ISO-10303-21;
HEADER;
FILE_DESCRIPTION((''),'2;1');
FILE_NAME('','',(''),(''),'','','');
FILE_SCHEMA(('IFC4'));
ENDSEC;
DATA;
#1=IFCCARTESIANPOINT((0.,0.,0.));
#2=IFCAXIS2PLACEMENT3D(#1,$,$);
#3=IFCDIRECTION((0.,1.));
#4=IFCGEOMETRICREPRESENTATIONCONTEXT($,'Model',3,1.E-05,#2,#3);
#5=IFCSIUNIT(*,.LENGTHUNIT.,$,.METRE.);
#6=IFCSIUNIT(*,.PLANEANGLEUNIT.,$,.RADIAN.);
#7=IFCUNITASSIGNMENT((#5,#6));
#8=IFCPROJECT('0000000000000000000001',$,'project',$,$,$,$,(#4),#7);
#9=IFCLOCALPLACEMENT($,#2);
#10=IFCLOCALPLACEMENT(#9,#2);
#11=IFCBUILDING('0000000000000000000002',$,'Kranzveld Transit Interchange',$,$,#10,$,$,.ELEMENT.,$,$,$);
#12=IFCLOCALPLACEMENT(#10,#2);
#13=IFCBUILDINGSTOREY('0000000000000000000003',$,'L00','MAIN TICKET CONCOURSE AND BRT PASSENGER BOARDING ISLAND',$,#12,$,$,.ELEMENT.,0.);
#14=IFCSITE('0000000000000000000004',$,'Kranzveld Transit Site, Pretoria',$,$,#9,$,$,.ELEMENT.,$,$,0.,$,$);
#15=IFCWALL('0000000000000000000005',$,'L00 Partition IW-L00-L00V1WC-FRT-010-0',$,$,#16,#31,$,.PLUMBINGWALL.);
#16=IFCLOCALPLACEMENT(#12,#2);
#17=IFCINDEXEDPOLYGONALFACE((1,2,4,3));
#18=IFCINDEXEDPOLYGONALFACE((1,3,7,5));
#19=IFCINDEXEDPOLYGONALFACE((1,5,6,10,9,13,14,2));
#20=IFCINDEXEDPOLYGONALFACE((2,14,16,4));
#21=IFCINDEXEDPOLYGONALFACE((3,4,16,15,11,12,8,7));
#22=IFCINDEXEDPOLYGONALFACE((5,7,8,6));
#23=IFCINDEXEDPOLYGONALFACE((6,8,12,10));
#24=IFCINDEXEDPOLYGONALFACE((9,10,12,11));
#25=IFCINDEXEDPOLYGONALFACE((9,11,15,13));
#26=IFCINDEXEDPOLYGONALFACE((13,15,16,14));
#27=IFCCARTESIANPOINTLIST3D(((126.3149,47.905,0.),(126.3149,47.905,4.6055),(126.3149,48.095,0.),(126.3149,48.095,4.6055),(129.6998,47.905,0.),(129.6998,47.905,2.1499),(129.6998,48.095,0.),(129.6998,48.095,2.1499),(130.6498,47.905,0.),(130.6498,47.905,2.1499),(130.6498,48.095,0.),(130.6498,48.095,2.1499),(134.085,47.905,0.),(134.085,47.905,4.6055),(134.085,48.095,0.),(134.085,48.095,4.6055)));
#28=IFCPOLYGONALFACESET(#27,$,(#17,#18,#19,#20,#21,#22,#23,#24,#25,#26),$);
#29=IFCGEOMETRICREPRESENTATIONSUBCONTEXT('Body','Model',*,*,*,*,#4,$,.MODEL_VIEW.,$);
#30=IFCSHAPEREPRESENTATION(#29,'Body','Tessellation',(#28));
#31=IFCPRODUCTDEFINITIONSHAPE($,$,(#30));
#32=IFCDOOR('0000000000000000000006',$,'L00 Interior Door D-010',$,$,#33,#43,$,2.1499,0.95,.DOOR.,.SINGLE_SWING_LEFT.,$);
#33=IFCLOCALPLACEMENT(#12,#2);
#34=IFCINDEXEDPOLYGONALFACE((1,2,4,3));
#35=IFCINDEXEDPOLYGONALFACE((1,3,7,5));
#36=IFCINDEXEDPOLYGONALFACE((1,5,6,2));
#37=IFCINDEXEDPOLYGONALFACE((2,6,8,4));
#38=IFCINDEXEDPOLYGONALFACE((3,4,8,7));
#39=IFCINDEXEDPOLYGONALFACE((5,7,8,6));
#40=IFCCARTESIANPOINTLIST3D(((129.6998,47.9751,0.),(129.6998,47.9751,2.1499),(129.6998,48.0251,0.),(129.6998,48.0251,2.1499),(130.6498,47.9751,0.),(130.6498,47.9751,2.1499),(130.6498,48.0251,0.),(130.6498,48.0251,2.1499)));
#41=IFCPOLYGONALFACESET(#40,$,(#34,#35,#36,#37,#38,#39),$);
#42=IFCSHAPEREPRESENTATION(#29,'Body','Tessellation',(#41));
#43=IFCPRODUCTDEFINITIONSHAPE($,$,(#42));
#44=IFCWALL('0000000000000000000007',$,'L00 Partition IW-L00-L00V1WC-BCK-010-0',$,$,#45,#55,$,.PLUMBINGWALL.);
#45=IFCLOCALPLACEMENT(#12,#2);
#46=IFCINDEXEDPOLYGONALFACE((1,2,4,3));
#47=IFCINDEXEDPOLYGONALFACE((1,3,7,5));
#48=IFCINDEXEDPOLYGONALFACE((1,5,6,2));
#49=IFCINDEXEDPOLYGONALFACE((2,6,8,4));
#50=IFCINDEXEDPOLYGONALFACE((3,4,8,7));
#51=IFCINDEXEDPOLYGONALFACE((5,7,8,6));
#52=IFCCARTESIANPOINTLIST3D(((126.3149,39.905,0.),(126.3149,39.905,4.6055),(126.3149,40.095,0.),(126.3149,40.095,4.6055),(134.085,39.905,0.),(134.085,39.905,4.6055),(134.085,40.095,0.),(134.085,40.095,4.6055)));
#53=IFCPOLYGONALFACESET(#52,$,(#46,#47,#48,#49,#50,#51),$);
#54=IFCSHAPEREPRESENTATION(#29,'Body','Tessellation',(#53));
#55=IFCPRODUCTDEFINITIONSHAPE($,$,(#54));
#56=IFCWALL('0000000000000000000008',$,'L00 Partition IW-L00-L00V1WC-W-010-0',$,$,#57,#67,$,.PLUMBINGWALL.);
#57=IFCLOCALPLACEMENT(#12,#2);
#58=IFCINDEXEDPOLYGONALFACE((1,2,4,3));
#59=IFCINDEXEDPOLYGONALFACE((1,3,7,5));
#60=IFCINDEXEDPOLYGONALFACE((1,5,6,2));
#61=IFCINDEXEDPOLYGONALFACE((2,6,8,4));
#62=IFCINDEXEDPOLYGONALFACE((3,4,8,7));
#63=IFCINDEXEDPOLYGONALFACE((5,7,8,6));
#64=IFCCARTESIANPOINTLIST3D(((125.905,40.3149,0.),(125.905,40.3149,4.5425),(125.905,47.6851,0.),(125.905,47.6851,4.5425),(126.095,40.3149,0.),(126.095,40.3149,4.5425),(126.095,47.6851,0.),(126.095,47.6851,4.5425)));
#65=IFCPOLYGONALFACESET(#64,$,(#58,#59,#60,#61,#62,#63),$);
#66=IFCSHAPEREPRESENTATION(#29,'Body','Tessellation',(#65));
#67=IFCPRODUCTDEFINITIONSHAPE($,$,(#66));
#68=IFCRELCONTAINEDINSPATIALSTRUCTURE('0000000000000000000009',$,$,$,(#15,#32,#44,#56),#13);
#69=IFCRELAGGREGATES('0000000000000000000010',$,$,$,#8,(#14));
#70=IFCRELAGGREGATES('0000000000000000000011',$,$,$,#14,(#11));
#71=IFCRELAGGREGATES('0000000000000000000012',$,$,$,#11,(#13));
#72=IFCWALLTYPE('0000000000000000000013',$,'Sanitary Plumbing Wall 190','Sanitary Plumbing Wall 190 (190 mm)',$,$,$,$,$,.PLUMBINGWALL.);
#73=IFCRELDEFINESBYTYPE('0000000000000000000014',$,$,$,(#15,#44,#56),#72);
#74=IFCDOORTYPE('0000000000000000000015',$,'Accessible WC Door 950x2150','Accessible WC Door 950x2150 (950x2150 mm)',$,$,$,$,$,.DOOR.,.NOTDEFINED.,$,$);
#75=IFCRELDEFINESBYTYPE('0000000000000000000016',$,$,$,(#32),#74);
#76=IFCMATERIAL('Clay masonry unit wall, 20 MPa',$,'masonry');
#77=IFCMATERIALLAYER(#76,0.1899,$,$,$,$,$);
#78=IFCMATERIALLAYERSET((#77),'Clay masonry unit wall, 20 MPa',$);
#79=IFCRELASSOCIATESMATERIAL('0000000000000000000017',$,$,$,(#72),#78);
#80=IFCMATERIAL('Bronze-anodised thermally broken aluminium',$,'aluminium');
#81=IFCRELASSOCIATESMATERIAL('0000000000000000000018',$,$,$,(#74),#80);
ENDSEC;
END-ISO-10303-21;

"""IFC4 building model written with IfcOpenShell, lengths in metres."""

from ifc_helpers import new_model, si_unit, direction, frame, frame_2d, origin, place, context, subcontext, project, spatial, rectangle, extrude, material, layer, layer_set, type_object, element, fill, save


model = new_model("IFC4")

# Units and contexts
model_context = context("Model", 3, precision=1e-05, world=origin(), true_north=direction((0.0, 1.0)))
body_context = subcontext(model_context, "Body", "Model", "MODEL_VIEW")
ifc_project = project(units=[si_unit("LENGTHUNIT", "METRE"), si_unit("PLANEANGLEUNIT", "RADIAN")], contexts=[model_context])

# Site, building, storey
site_placement = place(None, origin())
site = spatial("IfcSite", under=ifc_project, at=site_placement, Name="Kranzveld Transit Site, Pretoria", CompositionType="ELEMENT", RefElevation=0.0)
building_placement = place(site_placement, origin())
building = spatial("IfcBuilding", under=site, at=building_placement, Name="Kranzveld Transit Interchange", CompositionType="ELEMENT")
storey_placement = place(building_placement, origin())
storey = spatial("IfcBuildingStorey", under=building, at=storey_placement, Name="L00", Description="MAIN TICKET CONCOURSE AND BRT PASSENGER BOARDING ISLAND", CompositionType="ELEMENT", Elevation=0.0)

# Wall, opening, door
ifc_material_1 = material(Name="Clay masonry unit wall, 20 MPa", Category="masonry")
ifc_layer_1 = layer(ifc_material_1, 0.1899)
ifc_layer_set_1 = layer_set([ifc_layer_1], Name="Clay masonry unit wall, 20 MPa")
wall_type_1 = type_object("IfcWallType", Name="Sanitary Plumbing Wall 190", Description="Sanitary Plumbing Wall 190 (190 mm)", PredefinedType="PLUMBINGWALL", material=ifc_layer_set_1)
wall_1_placement = place(storey_placement, frame((126.3149, 48.0, 0.0), z_axis=(0.0, 0.0, 1.0), x_axis=(1.0, 0.0, 0.0)))
wall_1 = element("IfcWall", 1, at=wall_1_placement, inside=storey, type_object=wall_type_1, Name="L00 Partition IW-L00-L00V1WC-FRT-010-0", PredefinedType="PLUMBINGWALL", context=body_context, shape_type="SweptSolid", body=[
    extrude(rectangle(XDim=7.77, YDim=0.1899, at=frame_2d((3.885, 0.0))), origin(), (0.0, 0.0, 1.0), 4.6055),
])
opening_1_placement = place(wall_1_placement, frame((4.335, 0.0, 0.0), z_axis=(0.0, 0.0, 1.0), x_axis=(-1.0, 0.0, 0.0)))
opening_1 = element("IfcOpeningElement", 2, at=opening_1_placement, cuts=wall_1, PredefinedType="OPENING", context=body_context, shape_type="SweptSolid", body=[
    extrude(rectangle(XDim=0.95, YDim=2.1499, at=frame_2d((0.4751, 1.075))), frame((0.0, 0.105, 0.0), z_axis=(0.0, -1.0, 0.0), x_axis=(1.0, 0.0, 0.0)), (0.0, 0.0, 1.0), 0.21),
])
ifc_material_2 = material(Name="Bronze-anodised thermally broken aluminium", Category="aluminium")
door_type_1 = type_object("IfcDoorType", Name="Accessible WC Door 950x2150", Description="Accessible WC Door 950x2150 (950x2150 mm)", OperationType="NOTDEFINED", PredefinedType="DOOR", material=ifc_material_2)
door_1_placement = place(opening_1_placement, origin())
door_1 = element("IfcDoor", 3, at=door_1_placement, inside=storey, type_object=door_type_1, Name="L00 Interior Door D-010", OperationType="SINGLE_SWING_LEFT", OverallHeight=2.1499, OverallWidth=0.95, PredefinedType="DOOR", context=body_context, shape_type="SweptSolid", body=[
    extrude(rectangle(XDim=0.95, YDim=2.1499, at=frame_2d((0.4751, 1.075))), frame((0.0, 0.0249, 0.0), z_axis=(0.0, -1.0, 0.0), x_axis=(1.0, 0.0, 0.0)), (0.0, 0.0, 1.0), 0.05),
])
fill(opening_1, door_1)

# Walls
wall_2_placement = place(storey_placement, frame((126.3149, 40.0, 0.0), z_axis=(0.0, 0.0, 1.0), x_axis=(1.0, 0.0, 0.0)))
element("IfcWall", 4, at=wall_2_placement, inside=storey, type_object=wall_type_1, Name="L00 Partition IW-L00-L00V1WC-BCK-010-0", PredefinedType="PLUMBINGWALL", context=body_context, shape_type="SweptSolid", body=[
    extrude(rectangle(XDim=7.77, YDim=0.1899, at=frame_2d((3.885, 0.0))), origin(), (0.0, 0.0, 1.0), 4.6055),
])
wall_3_placement = place(storey_placement, frame((126.0, 40.3149, 0.0), z_axis=(0.0, 0.0, 1.0), x_axis=(0.0, 1.0, 0.0)))
element("IfcWall", 5, at=wall_3_placement, inside=storey, type_object=wall_type_1, Name="L00 Partition IW-L00-L00V1WC-W-010-0", PredefinedType="PLUMBINGWALL", context=body_context, shape_type="SweptSolid", body=[
    extrude(rectangle(XDim=7.3701, YDim=0.1899, at=frame_2d((3.6851, 0.0))), origin(), (0.0, 0.0, 1.0), 4.5425),
])

save(model, "model.ifc")
